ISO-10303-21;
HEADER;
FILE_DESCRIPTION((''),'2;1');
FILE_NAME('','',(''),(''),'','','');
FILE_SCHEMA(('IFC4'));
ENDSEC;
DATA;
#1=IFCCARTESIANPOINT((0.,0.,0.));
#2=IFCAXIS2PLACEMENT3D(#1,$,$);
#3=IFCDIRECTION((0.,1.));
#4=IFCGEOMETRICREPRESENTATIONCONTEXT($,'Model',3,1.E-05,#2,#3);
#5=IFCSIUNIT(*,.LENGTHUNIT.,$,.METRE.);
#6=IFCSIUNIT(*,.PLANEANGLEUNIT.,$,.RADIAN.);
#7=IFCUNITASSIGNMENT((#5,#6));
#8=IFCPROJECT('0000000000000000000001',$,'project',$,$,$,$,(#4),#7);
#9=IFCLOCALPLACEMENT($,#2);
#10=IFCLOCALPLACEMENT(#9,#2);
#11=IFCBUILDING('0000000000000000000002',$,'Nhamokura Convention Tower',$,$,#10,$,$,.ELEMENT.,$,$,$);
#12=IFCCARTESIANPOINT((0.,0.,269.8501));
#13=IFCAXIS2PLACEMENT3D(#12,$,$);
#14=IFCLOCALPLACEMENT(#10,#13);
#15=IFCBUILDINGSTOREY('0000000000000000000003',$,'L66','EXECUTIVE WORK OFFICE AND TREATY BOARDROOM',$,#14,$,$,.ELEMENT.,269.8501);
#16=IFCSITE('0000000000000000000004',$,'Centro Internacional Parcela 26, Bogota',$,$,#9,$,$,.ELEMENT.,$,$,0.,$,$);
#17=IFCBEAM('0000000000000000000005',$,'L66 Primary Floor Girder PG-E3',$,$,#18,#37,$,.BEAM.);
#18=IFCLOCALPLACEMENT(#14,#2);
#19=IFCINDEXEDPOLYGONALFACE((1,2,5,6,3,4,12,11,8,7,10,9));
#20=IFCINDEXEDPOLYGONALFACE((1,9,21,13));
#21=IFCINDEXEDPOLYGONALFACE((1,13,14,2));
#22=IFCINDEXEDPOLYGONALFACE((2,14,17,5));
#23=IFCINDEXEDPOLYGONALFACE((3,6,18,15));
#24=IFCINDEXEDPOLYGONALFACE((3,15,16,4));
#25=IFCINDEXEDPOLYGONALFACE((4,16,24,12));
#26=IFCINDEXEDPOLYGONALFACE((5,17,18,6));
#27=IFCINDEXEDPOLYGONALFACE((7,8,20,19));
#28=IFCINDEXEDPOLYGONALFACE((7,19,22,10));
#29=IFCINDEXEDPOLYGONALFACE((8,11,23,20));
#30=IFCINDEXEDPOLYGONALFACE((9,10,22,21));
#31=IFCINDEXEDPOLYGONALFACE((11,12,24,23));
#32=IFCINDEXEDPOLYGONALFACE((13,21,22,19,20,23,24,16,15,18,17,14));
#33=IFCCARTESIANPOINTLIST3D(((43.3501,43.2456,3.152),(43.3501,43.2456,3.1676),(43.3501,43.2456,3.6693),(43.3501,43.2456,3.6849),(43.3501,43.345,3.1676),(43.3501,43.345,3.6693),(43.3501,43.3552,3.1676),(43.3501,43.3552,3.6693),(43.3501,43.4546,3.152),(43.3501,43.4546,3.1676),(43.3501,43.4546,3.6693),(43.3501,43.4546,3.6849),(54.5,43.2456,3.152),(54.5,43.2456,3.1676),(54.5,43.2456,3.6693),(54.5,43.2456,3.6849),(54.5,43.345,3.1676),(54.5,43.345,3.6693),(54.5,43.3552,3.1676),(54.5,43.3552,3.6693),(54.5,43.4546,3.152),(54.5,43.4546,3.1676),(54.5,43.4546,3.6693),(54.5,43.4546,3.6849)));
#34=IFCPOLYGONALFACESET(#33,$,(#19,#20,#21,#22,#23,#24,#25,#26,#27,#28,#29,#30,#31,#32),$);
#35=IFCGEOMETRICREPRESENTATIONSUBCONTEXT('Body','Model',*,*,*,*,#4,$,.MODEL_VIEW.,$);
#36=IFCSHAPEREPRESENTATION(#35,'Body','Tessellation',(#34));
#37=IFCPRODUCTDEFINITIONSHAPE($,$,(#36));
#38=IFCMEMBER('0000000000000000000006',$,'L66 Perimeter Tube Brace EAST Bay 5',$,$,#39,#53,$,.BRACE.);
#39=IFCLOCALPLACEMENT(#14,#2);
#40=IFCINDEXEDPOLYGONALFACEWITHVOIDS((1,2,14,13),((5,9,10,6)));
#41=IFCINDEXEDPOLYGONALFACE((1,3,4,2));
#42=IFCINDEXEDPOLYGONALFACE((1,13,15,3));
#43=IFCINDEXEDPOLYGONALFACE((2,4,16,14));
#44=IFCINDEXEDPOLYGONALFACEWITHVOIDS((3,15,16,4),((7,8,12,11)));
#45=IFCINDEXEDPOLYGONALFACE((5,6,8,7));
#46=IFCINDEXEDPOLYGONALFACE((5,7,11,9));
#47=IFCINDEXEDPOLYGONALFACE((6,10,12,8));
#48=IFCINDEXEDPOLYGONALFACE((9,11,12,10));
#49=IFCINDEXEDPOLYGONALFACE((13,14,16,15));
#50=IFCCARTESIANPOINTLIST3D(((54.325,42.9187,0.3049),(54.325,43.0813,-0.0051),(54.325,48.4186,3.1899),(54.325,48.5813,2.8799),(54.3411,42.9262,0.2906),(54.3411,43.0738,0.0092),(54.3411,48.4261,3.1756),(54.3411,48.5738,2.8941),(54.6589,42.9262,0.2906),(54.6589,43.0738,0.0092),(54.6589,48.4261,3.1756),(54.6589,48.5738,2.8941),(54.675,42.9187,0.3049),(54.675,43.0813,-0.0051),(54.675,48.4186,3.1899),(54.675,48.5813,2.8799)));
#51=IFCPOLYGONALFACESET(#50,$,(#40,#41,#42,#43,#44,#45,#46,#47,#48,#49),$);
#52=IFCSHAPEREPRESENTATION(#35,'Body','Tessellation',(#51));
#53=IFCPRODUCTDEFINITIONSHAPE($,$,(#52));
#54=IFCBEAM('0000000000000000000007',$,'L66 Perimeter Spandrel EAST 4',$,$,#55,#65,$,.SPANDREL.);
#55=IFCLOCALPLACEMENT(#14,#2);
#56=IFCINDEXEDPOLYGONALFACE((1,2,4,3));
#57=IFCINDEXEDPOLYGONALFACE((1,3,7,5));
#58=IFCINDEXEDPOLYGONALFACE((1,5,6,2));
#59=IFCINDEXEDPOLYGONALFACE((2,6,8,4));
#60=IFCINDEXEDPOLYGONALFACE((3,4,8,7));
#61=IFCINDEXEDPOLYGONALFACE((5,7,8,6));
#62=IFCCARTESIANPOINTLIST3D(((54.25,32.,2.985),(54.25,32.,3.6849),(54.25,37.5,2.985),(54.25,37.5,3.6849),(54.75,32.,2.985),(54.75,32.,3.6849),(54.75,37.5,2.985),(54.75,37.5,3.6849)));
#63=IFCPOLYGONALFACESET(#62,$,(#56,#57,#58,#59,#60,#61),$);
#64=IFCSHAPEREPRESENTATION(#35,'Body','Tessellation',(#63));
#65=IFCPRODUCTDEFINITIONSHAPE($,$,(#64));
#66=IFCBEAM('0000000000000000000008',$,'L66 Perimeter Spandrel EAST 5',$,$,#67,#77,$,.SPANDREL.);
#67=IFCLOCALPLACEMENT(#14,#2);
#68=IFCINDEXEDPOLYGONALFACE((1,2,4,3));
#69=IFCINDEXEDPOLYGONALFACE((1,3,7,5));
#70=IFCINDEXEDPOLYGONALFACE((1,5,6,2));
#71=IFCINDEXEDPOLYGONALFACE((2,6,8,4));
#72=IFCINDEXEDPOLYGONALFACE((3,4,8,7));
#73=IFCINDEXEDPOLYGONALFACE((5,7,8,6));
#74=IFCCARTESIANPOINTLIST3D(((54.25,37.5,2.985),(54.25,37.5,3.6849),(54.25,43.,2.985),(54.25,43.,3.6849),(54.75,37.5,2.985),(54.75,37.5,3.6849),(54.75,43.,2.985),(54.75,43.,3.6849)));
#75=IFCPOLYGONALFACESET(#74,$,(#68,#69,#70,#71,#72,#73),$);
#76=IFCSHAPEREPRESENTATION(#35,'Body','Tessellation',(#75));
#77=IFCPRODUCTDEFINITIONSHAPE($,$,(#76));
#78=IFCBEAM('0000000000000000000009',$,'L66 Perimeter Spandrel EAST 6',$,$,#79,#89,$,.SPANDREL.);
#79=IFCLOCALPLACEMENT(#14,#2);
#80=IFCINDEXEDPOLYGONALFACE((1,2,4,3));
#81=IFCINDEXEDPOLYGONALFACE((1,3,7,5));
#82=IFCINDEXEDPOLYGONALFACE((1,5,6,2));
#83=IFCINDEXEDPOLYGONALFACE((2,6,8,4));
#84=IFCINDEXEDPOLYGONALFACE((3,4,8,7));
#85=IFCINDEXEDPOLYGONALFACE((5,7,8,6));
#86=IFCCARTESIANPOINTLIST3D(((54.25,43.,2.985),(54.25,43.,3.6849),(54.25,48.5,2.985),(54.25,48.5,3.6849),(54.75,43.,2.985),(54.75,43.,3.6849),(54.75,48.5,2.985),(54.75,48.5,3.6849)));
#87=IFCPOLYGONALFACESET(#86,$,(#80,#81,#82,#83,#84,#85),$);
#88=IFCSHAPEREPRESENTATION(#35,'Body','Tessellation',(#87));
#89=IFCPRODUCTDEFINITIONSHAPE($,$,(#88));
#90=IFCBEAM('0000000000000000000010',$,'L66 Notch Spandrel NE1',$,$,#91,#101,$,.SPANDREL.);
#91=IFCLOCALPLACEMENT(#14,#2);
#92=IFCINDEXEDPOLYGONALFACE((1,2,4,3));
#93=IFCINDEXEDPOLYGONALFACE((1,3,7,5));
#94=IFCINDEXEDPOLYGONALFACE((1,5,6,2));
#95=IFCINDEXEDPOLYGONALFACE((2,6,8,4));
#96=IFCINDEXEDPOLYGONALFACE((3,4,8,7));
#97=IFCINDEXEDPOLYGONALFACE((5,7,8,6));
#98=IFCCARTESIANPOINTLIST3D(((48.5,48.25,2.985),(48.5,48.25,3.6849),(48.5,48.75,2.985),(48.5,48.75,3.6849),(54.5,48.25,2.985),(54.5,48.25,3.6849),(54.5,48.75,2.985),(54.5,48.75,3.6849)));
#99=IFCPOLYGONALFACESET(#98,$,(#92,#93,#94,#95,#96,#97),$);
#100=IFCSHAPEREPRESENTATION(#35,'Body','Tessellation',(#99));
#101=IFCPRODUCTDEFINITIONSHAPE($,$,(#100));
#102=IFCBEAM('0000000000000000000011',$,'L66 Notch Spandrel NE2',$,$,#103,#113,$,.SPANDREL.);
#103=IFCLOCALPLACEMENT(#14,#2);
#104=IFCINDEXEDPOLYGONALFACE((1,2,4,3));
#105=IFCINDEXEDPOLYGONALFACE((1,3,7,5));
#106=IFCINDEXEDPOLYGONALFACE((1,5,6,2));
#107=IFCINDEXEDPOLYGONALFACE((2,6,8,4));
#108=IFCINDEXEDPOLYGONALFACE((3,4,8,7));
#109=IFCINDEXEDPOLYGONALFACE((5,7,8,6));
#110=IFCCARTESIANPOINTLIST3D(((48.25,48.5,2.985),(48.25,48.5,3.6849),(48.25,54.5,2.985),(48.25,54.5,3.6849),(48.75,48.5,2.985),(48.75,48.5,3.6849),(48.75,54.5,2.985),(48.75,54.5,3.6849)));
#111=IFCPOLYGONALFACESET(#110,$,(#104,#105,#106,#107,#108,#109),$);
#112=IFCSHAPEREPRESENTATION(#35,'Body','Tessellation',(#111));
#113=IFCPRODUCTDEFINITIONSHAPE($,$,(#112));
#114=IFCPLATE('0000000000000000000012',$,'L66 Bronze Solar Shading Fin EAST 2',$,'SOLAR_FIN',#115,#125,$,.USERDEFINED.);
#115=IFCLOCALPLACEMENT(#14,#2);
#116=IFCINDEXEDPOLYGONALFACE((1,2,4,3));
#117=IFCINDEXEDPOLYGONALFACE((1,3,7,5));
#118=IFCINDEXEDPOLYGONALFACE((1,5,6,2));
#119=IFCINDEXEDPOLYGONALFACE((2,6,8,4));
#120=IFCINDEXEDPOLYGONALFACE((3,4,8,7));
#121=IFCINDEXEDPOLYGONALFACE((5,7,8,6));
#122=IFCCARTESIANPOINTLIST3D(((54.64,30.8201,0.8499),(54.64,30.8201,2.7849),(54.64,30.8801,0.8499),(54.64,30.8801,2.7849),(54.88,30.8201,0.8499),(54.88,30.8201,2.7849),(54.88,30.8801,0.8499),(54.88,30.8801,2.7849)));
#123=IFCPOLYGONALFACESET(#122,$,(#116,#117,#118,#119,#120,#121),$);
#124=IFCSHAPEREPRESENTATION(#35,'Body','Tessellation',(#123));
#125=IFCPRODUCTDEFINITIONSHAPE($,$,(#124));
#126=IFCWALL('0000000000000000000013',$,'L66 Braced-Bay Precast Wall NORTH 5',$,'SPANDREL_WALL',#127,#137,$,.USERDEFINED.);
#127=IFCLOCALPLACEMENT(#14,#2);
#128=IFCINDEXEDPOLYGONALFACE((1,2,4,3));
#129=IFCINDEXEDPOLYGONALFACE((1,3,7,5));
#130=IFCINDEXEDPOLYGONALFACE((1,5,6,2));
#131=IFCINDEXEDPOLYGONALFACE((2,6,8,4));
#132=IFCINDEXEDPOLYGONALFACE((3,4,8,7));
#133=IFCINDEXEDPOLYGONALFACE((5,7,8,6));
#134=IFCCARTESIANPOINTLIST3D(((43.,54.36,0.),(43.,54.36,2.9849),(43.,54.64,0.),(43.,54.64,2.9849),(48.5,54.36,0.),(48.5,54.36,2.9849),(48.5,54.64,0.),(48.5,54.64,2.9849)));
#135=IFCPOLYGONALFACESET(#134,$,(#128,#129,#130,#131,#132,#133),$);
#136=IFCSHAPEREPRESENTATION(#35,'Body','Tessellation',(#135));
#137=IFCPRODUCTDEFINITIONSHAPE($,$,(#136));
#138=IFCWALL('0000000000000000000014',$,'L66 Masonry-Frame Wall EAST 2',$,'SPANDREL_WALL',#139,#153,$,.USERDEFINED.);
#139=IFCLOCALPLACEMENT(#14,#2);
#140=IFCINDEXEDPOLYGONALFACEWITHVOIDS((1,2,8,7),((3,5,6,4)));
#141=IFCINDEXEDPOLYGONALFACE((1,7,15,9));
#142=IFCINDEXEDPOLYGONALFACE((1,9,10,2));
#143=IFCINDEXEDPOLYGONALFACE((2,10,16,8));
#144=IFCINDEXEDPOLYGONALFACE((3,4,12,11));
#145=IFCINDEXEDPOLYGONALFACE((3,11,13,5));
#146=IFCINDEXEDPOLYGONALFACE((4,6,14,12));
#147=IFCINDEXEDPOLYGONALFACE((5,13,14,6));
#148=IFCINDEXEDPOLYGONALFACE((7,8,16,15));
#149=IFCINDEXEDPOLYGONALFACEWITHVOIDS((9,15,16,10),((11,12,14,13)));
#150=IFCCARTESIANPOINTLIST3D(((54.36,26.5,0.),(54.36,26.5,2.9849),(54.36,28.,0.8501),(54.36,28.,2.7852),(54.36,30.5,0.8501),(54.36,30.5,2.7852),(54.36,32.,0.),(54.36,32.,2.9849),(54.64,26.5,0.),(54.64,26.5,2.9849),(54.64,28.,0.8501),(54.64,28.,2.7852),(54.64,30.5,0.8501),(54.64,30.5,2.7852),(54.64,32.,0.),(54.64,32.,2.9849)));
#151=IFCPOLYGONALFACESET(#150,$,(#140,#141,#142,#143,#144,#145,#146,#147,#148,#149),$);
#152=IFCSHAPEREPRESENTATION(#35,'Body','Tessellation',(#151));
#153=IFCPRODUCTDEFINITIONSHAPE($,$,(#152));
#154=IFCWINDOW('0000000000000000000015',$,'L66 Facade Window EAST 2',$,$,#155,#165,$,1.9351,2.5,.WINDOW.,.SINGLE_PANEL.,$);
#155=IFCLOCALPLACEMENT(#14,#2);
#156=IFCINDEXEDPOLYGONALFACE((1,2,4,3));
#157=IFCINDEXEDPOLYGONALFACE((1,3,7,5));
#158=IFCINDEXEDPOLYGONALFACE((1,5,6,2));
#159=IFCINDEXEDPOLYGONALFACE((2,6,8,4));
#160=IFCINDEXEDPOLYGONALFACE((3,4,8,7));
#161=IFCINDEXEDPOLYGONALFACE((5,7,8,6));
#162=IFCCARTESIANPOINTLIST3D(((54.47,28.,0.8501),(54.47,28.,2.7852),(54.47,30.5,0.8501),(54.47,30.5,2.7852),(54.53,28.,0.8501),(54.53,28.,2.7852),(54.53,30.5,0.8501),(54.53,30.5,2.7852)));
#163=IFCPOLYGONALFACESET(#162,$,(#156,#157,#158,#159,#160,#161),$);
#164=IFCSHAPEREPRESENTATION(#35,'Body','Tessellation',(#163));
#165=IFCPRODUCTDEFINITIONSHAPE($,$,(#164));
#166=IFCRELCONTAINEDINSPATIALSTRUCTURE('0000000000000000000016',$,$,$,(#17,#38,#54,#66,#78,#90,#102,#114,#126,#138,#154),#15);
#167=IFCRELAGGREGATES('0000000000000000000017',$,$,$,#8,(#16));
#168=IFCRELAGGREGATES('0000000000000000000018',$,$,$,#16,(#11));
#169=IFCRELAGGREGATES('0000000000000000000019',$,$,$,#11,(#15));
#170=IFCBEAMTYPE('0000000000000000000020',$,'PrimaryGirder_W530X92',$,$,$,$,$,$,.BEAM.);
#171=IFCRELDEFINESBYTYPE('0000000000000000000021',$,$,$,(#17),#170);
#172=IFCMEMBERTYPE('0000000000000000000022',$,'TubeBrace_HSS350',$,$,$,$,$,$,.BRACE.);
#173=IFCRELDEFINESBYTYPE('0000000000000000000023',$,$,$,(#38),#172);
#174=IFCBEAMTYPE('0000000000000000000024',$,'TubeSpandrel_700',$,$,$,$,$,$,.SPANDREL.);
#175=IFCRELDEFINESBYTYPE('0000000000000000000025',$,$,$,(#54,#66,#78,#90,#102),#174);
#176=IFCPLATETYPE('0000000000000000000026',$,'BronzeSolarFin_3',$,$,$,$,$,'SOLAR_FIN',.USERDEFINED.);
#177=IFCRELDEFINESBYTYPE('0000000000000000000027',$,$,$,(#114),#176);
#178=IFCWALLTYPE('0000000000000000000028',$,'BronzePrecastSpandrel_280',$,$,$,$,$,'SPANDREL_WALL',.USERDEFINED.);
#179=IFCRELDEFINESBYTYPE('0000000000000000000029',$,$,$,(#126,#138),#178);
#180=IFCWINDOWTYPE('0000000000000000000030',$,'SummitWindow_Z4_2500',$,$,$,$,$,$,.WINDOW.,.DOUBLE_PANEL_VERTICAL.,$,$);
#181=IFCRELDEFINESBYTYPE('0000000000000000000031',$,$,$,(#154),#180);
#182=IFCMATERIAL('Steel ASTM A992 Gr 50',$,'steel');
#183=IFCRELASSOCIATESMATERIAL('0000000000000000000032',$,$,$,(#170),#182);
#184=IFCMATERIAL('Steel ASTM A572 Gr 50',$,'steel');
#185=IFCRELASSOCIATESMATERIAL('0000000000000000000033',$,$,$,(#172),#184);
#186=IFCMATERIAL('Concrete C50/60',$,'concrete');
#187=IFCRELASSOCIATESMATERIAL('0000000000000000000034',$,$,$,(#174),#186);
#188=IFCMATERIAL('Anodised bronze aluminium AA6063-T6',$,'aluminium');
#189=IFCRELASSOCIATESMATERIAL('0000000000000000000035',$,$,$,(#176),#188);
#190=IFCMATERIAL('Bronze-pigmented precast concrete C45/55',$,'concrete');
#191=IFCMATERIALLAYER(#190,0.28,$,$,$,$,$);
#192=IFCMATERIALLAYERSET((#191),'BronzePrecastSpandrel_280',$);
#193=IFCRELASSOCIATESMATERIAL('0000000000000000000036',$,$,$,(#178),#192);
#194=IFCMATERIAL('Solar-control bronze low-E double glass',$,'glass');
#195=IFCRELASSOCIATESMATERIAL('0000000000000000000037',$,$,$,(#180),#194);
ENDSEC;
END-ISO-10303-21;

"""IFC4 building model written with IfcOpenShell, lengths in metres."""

from ifc_helpers import new_model, si_unit, direction, frame, frame_2d, origin, origin_2d, place, context, subcontext, project, spatial, rectangle, hollow_rectangle, i_section, extrude, material, layer, layer_set, material_profile, profile_set, type_object, element, fill, save


model = new_model("IFC4")

# Units and contexts
model_context = context("Model", 3, precision=1e-05, world=origin(), true_north=direction((0.0, 1.0)))
body_context = subcontext(model_context, "Body", "Model", "MODEL_VIEW")
ifc_project = project(units=[si_unit("LENGTHUNIT", "METRE"), si_unit("PLANEANGLEUNIT", "RADIAN")], contexts=[model_context])

# Site, building, storey
site_placement = place(None, origin())
site = spatial("IfcSite", under=ifc_project, at=site_placement, Name="Centro Internacional Parcela 26, Bogota", CompositionType="ELEMENT", RefElevation=0.0)
building_placement = place(site_placement, origin())
building = spatial("IfcBuilding", under=site, at=building_placement, Name="Nhamokura Convention Tower", CompositionType="ELEMENT")
storey_placement = place(building_placement, frame((0.0, 0.0, 269.8501)))
storey = spatial("IfcBuildingStorey", under=building, at=storey_placement, Name="L66", Description="EXECUTIVE WORK OFFICE AND TREATY BOARDROOM", CompositionType="ELEMENT", Elevation=269.8501)

# Beam
ifc_material_1 = material(Name="Steel ASTM A992 Gr 50", Category="steel")
ifc_material_profile_1 = material_profile(ifc_material_1, i_section(OverallWidth=0.209, OverallDepth=0.533, WebThickness=0.0103, FlangeThickness=0.0156, at=origin_2d()))
ifc_profile_set_1 = profile_set([ifc_material_profile_1], Name="Steel ASTM A992 Gr 50")
beam_type_1 = type_object("IfcBeamType", Name="PrimaryGirder_W530X92", PredefinedType="BEAM", material=ifc_profile_set_1)
for number, where, z_axis, x_axis, name in (
    (1, (43.3501, 43.3501, 3.4185), (1.0, 0.0, 0.0), (0.0, 1.0, 0.0), "L66 Primary Floor Girder PG-E3"),
):
    element("IfcBeam", number, at=place(storey_placement, frame(where, z_axis=z_axis, x_axis=x_axis)), inside=storey, type_object=beam_type_1, Name=name, PredefinedType="BEAM", context=body_context, shape_type="SweptSolid", body=[
        extrude(i_section(OverallWidth=0.209, OverallDepth=0.533, WebThickness=0.0103, FlangeThickness=0.0156, at=origin_2d()), origin(), (0.0, 0.0, 1.0), 11.1499),
    ])

# Member
ifc_material_2 = material(Name="Steel ASTM A572 Gr 50", Category="steel")
ifc_material_profile_2 = material_profile(ifc_material_2, hollow_rectangle(XDim=0.3501, YDim=0.3501, WallThickness=0.0161, at=origin_2d()))
ifc_profile_set_2 = profile_set([ifc_material_profile_2], Name="Steel ASTM A572 Gr 50")
member_type_1 = type_object("IfcMemberType", Name="TubeBrace_HSS350", PredefinedType="BRACE", material=ifc_profile_set_2)
member_1_placement = place(storey_placement, frame((54.5, 43.0, 0.1499), z_axis=(0.0, 0.885563, 0.46452), x_axis=(-1.0, 0.0, 0.0)))
element("IfcMember", 2, at=member_1_placement, inside=storey, type_object=member_type_1, Name="L66 Perimeter Tube Brace EAST Bay 5", PredefinedType="BRACE", context=body_context, shape_type="SweptSolid", body=[
    extrude(hollow_rectangle(XDim=0.3501, YDim=0.3501, WallThickness=0.0161, at=origin_2d()), origin(), (0.0, 0.0, 1.0), 6.2107),
])

# Beams
ifc_material_3 = material(Name="Concrete C50/60", Category="concrete")
ifc_material_profile_3 = material_profile(ifc_material_3, rectangle(XDim=0.5, YDim=0.7, at=origin_2d()))
ifc_profile_set_3 = profile_set([ifc_material_profile_3], Name="Concrete C50/60")
beam_type_2 = type_object("IfcBeamType", Name="TubeSpandrel_700", PredefinedType="SPANDREL", material=ifc_profile_set_3)
for number, where, z_axis, x_axis, name in (
    (3, (54.5, 32.0, 3.335), (0.0, 1.0, 0.0), (-1.0, 0.0, 0.0), "L66 Perimeter Spandrel EAST 4"),
    (4, (54.5, 37.5, 3.335), (0.0, 1.0, 0.0), (-1.0, 0.0, 0.0), "L66 Perimeter Spandrel EAST 5"),
    (5, (54.5, 43.0, 3.335), (0.0, 1.0, 0.0), (-1.0, 0.0, 0.0), "L66 Perimeter Spandrel EAST 6"),
):
    element("IfcBeam", number, at=place(storey_placement, frame(where, z_axis=z_axis, x_axis=x_axis)), inside=storey, type_object=beam_type_2, Name=name, PredefinedType="SPANDREL", context=body_context, shape_type="SweptSolid", body=[
        extrude(rectangle(XDim=0.5, YDim=0.7, at=origin_2d()), origin(), (0.0, 0.0, 1.0), 5.5),
    ])
for number, where, z_axis, x_axis, name in (
    (6, (54.5, 48.5, 3.335), (-1.0, 0.0, 0.0), (0.0, -1.0, 0.0), "L66 Notch Spandrel NE1"),
    (7, (48.5, 48.5, 3.335), (0.0, 1.0, 0.0), (-1.0, 0.0, 0.0), "L66 Notch Spandrel NE2"),
):
    element("IfcBeam", number, at=place(storey_placement, frame(where, z_axis=z_axis, x_axis=x_axis)), inside=storey, type_object=beam_type_2, Name=name, PredefinedType="SPANDREL", context=body_context, shape_type="SweptSolid", body=[
        extrude(rectangle(XDim=0.5, YDim=0.7, at=origin_2d()), origin(), (0.0, 0.0, 1.0), 6.0),
    ])

# Plate
ifc_material_4 = material(Name="Anodised bronze aluminium AA6063-T6", Category="aluminium")
plate_type = type_object("IfcPlateType", Name="BronzeSolarFin_3", ElementType="SOLAR_FIN", PredefinedType="USERDEFINED", material=ifc_material_4)
plate_placement = place(storey_placement, frame((54.76, 30.8501, 0.8499), z_axis=(0.0, 0.0, 1.0), x_axis=(1.0, 0.0, 0.0)))
element("IfcPlate", 8, at=plate_placement, inside=storey, type_object=plate_type, Name="L66 Bronze Solar Shading Fin EAST 2", ObjectType="SOLAR_FIN", PredefinedType="USERDEFINED", context=body_context, shape_type="SweptSolid", body=[
    extrude(rectangle(XDim=0.24, YDim=0.0601, at=origin_2d()), origin(), (0.0, 0.0, 1.0), 1.9351),
])

# Wall
ifc_material_5 = material(Name="Bronze-pigmented precast concrete C45/55", Category="concrete")
ifc_layer_1 = layer(ifc_material_5, 0.28)
ifc_layer_set_1 = layer_set([ifc_layer_1], Name="BronzePrecastSpandrel_280")
wall_type_1 = type_object("IfcWallType", Name="BronzePrecastSpandrel_280", ElementType="SPANDREL_WALL", PredefinedType="USERDEFINED", material=ifc_layer_set_1)
wall_1_placement = place(storey_placement, frame((43.0, 54.5, 0.0), z_axis=(0.0, 0.0, 1.0), x_axis=(1.0, 0.0, 0.0)))
element("IfcWall", 9, at=wall_1_placement, inside=storey, type_object=wall_type_1, Name="L66 Braced-Bay Precast Wall NORTH 5", ObjectType="SPANDREL_WALL", PredefinedType="USERDEFINED", context=body_context, shape_type="SweptSolid", body=[
    extrude(rectangle(XDim=5.5, YDim=0.28, at=frame_2d((2.75, 0.0))), origin(), (0.0, 0.0, 1.0), 2.9849),
])

# Wall, opening, window
wall_2_placement = place(storey_placement, frame((54.5, 32.0, 0.0), z_axis=(0.0, 0.0, 1.0), x_axis=(0.0, -1.0, 0.0)))
wall_2 = element("IfcWall", 10, at=wall_2_placement, inside=storey, type_object=wall_type_1, Name="L66 Masonry-Frame Wall EAST 2", ObjectType="SPANDREL_WALL", PredefinedType="USERDEFINED", context=body_context, shape_type="SweptSolid", body=[
    extrude(rectangle(XDim=5.5, YDim=0.28, at=frame_2d((2.75, 0.0))), origin(), (0.0, 0.0, 1.0), 2.9849),
])
opening_1_placement = place(wall_2_placement, frame((1.5, 0.0, 0.8501)))
opening_1 = element("IfcOpeningElement", 11, at=opening_1_placement, cuts=wall_2, PredefinedType="OPENING", context=body_context, shape_type="SweptSolid", body=[
    extrude(rectangle(XDim=2.5, YDim=1.9351, at=frame_2d((1.25, 0.9675))), frame((0.0, 0.1499, 0.0), z_axis=(0.0, -1.0, 0.0), x_axis=(1.0, 0.0, 0.0)), (0.0, 0.0, 1.0), 0.3),
])
ifc_material_6 = material(Name="Solar-control bronze low-E double glass", Category="glass")
window_type_1 = type_object("IfcWindowType", Name="SummitWindow_Z4_2500", PartitioningType="DOUBLE_PANEL_VERTICAL", PredefinedType="WINDOW", material=ifc_material_6)
window_1_placement = place(opening_1_placement, origin())
window_1 = element("IfcWindow", 12, at=window_1_placement, inside=storey, type_object=window_type_1, Name="L66 Facade Window EAST 2", OverallHeight=1.9351, OverallWidth=2.5, PartitioningType="SINGLE_PANEL", PredefinedType="WINDOW", context=body_context, shape_type="SweptSolid", body=[
    extrude(rectangle(XDim=2.5, YDim=1.9351, at=frame_2d((1.25, 0.9675))), frame((0.0, 0.03, 0.0), z_axis=(0.0, -1.0, 0.0), x_axis=(1.0, 0.0, 0.0)), (0.0, 0.0, 1.0), 0.0601),
])
fill(opening_1, window_1)

save(model, "model.ifc")
